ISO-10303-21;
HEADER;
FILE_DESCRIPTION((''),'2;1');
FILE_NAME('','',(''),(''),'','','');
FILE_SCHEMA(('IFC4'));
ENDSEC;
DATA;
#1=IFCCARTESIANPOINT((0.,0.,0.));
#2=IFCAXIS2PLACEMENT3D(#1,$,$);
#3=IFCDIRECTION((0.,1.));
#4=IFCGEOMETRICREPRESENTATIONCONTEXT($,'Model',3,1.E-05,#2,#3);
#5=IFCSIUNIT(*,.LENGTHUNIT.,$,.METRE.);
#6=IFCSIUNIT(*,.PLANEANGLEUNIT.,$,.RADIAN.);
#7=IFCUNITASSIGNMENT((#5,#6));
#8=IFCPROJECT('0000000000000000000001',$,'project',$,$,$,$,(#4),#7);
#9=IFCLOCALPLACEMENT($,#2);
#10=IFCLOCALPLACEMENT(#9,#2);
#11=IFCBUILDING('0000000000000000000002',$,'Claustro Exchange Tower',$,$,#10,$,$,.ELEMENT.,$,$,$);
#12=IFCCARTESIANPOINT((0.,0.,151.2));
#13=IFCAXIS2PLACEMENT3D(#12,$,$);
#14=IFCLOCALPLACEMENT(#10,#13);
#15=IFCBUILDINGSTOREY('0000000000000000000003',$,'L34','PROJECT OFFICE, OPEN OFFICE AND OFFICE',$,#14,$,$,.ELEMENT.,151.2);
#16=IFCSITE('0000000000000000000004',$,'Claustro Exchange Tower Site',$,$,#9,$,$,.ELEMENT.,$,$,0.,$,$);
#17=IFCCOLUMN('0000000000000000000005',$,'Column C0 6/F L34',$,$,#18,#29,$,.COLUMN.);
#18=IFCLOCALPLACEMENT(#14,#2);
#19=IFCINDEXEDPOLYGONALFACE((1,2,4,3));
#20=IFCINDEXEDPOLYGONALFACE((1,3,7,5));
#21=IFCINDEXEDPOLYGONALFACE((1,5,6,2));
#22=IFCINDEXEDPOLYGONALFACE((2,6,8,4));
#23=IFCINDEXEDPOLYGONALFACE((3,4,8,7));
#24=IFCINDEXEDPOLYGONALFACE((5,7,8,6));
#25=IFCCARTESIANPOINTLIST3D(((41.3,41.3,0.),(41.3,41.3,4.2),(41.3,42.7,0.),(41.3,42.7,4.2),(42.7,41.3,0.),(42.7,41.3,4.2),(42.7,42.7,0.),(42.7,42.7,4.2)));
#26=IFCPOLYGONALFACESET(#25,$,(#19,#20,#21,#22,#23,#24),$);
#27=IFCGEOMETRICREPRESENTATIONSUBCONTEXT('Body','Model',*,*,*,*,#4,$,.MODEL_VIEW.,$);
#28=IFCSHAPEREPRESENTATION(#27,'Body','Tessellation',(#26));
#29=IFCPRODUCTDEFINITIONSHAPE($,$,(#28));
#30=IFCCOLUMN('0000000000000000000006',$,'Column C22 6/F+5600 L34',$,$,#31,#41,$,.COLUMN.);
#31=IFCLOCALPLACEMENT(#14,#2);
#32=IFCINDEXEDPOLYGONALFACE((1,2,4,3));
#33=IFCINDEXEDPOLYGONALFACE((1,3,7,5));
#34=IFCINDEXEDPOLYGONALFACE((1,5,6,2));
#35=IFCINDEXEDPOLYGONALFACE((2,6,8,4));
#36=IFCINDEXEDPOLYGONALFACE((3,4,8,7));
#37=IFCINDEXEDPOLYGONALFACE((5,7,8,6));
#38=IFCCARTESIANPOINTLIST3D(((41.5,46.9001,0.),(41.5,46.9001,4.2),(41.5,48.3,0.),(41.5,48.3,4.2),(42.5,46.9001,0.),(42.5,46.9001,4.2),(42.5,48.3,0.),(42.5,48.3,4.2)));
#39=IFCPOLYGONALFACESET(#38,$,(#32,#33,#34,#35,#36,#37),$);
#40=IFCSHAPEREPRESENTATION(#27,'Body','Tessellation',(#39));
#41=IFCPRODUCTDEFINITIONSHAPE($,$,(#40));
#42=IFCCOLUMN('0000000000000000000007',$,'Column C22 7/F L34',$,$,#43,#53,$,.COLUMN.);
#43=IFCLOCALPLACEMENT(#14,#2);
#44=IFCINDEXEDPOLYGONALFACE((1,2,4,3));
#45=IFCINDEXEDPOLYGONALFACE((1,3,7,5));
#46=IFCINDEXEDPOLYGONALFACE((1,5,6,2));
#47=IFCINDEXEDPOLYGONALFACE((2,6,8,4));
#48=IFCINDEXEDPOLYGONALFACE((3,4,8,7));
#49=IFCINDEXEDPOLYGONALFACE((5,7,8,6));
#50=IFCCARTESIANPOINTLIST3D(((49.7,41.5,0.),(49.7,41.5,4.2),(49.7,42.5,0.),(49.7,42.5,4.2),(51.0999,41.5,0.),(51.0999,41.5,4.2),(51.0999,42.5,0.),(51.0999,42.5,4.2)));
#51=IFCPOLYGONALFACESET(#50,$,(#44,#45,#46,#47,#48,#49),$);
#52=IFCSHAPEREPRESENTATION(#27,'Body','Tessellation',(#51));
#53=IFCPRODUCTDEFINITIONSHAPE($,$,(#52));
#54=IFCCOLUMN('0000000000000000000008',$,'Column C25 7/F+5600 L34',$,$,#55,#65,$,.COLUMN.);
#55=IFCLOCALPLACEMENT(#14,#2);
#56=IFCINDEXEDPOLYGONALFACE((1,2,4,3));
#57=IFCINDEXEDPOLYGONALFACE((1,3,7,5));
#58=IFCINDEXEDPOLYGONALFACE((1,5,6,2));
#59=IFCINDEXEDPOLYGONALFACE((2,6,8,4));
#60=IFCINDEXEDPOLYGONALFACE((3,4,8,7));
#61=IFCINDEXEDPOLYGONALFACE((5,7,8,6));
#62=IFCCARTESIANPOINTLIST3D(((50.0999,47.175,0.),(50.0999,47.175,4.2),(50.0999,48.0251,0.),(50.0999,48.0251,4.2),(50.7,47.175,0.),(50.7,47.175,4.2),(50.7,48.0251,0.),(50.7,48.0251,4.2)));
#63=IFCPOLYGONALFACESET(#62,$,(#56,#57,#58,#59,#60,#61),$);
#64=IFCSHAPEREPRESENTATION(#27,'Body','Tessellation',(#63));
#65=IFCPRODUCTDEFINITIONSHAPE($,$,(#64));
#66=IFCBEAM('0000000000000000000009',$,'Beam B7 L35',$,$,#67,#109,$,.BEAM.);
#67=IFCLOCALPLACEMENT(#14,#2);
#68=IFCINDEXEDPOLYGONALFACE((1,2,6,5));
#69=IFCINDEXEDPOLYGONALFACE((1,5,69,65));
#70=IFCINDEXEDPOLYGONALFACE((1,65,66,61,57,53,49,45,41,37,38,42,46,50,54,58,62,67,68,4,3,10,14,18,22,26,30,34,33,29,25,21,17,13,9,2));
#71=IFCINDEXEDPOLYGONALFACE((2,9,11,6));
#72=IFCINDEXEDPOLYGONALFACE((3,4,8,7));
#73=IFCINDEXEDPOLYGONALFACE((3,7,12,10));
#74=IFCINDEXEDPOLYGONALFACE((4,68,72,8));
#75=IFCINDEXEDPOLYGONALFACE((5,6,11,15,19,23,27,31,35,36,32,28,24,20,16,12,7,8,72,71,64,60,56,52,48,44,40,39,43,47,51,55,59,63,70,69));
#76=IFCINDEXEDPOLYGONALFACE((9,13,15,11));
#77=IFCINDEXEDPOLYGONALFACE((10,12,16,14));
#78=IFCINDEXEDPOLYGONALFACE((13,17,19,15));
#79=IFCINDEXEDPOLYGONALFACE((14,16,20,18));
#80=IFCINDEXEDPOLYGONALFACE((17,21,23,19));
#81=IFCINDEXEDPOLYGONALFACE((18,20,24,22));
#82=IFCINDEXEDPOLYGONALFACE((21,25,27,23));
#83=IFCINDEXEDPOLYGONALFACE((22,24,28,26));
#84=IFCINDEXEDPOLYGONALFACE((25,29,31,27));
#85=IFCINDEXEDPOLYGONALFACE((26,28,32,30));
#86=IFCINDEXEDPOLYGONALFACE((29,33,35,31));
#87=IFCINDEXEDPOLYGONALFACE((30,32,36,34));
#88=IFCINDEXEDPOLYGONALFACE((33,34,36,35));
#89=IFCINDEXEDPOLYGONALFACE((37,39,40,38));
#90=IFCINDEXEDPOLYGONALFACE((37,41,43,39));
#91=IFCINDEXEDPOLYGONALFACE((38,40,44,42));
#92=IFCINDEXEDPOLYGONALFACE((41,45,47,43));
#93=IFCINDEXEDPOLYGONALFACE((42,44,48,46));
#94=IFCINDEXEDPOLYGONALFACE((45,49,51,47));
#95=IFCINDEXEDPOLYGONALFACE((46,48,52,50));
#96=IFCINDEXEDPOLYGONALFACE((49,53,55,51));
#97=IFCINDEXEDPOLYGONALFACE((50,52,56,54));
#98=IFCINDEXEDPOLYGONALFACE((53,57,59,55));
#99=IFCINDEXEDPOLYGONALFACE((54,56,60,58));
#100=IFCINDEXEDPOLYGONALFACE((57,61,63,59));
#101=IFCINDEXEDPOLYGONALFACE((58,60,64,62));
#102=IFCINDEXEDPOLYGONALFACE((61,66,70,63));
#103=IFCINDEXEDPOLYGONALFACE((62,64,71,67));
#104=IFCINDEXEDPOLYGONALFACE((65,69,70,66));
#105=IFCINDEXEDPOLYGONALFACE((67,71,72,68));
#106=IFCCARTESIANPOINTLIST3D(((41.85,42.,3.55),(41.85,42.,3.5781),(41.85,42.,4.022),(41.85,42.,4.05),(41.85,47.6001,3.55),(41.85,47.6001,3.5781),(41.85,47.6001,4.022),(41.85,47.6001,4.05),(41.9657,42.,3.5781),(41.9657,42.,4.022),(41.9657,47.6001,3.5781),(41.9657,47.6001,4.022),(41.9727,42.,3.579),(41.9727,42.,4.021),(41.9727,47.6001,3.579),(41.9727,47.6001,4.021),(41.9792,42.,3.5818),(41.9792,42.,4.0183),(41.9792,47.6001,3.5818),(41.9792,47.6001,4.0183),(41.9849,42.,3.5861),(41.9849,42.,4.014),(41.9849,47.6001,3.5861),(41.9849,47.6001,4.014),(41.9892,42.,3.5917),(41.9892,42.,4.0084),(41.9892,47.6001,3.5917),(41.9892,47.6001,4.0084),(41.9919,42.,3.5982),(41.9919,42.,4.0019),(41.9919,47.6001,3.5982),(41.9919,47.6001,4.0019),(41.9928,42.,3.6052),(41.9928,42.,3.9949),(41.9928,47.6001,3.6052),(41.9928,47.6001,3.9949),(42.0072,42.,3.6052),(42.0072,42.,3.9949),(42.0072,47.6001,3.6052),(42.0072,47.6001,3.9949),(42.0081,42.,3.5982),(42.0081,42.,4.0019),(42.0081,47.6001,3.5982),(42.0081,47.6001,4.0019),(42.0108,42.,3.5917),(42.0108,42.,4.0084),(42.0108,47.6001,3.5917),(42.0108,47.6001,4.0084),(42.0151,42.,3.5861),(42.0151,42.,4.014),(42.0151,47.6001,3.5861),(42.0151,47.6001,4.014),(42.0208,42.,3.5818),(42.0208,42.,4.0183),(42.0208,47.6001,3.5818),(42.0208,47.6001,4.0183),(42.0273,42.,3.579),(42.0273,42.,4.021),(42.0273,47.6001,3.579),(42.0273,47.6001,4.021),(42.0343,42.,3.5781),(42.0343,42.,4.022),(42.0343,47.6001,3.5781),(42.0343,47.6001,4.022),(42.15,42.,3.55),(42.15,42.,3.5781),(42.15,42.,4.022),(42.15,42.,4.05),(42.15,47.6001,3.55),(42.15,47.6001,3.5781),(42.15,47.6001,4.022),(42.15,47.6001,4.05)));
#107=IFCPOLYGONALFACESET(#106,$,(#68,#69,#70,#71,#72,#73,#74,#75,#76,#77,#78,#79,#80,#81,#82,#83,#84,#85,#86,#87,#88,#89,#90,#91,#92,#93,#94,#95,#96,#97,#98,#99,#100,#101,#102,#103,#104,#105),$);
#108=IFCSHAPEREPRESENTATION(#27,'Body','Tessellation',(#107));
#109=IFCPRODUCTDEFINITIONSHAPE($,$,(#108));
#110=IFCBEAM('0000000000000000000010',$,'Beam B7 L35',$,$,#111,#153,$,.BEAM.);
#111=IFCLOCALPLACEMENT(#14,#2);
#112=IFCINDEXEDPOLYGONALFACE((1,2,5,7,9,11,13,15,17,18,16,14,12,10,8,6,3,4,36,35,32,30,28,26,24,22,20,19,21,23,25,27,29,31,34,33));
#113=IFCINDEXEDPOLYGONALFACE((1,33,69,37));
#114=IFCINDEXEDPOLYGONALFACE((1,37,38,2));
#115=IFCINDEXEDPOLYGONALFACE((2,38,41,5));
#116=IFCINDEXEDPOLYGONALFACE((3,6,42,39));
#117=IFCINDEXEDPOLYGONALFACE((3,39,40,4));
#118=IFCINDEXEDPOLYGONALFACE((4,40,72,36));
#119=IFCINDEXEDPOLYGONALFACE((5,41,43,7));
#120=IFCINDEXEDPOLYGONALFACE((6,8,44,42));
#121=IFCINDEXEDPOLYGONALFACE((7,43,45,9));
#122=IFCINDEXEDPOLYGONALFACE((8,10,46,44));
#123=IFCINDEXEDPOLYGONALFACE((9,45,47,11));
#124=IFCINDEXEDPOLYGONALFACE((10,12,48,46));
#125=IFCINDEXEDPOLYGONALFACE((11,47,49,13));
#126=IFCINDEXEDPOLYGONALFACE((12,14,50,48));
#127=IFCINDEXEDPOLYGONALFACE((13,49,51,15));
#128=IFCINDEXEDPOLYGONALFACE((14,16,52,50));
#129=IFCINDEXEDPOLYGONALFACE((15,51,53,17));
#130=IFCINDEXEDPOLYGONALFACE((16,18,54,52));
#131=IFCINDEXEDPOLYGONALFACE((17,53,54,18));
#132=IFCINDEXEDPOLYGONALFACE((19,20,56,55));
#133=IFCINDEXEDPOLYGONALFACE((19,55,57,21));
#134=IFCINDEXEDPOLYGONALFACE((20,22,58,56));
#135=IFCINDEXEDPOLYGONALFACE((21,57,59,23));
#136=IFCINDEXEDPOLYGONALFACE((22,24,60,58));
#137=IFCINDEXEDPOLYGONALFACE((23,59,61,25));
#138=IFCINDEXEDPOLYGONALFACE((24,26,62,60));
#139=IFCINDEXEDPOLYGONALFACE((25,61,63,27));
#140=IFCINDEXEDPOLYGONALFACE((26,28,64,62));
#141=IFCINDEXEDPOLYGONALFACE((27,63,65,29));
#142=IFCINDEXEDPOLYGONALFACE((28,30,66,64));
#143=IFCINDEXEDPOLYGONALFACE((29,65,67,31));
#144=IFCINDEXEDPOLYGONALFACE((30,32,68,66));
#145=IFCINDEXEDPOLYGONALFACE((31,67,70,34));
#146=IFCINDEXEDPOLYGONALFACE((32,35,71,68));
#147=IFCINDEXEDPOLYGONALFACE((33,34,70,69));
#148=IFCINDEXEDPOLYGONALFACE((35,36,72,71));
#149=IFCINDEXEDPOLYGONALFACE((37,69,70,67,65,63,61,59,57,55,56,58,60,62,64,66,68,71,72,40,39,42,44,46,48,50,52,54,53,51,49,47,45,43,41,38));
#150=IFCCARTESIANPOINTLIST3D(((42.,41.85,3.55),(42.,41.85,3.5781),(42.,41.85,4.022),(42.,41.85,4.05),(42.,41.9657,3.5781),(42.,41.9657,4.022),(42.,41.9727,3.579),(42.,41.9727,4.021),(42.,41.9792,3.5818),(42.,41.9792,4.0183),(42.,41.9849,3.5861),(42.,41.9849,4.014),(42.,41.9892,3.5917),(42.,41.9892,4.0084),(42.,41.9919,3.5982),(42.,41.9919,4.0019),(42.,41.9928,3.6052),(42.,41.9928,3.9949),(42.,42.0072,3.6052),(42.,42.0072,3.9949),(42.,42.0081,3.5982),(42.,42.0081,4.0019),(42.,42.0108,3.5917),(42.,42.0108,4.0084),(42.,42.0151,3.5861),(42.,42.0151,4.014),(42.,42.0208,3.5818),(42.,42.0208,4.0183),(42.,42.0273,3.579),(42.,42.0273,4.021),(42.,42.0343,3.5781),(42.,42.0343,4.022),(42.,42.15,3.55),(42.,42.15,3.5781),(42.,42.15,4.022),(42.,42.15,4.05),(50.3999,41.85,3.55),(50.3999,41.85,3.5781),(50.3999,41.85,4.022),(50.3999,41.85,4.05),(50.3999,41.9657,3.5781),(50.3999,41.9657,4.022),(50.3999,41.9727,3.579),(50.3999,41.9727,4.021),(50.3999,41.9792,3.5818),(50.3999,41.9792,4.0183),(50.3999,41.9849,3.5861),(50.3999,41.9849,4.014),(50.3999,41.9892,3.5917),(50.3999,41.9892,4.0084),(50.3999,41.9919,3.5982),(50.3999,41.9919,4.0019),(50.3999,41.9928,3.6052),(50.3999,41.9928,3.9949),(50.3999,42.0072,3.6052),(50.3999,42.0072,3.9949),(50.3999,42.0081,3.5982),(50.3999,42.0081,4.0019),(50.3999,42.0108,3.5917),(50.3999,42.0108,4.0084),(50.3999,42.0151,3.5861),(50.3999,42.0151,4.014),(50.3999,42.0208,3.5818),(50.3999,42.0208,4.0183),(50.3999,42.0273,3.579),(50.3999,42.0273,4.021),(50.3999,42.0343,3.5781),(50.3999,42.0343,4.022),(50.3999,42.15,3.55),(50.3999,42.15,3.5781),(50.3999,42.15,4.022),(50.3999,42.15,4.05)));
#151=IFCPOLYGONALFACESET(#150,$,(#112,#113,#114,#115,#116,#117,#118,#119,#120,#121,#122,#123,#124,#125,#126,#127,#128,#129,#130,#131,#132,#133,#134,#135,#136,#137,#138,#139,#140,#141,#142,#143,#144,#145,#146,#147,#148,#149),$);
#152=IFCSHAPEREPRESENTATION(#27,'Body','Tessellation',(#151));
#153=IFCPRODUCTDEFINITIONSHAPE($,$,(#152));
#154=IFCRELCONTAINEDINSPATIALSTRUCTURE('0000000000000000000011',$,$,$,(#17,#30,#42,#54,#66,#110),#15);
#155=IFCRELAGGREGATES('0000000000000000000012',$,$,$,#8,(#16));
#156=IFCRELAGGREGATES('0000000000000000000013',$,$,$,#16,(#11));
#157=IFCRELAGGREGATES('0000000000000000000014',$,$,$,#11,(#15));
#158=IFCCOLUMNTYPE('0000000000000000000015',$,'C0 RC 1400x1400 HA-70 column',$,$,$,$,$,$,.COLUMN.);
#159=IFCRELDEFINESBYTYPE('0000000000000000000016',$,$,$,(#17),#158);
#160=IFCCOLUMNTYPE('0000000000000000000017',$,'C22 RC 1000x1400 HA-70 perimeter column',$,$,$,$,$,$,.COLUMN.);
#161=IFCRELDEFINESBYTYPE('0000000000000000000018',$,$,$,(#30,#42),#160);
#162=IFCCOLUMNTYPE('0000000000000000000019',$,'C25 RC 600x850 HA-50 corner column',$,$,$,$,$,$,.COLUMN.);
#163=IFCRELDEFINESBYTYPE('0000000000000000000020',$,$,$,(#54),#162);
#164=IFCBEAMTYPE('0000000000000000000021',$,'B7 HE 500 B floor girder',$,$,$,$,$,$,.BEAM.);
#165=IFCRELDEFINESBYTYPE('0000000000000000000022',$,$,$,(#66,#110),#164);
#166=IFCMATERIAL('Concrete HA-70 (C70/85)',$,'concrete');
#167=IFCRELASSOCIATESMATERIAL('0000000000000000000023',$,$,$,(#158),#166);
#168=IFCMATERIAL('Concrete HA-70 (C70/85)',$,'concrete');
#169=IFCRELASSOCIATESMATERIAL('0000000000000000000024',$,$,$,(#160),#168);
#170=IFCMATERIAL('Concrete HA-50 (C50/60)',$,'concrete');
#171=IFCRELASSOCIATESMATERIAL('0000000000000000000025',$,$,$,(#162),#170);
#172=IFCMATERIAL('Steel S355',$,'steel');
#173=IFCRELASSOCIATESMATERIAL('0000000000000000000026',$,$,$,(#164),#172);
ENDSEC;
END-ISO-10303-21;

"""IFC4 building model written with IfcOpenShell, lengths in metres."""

from ifc_helpers import new_model, si_unit, direction, frame, origin, origin_2d, place, context, subcontext, project, spatial, rectangle, i_section, extrude, material, material_profile, profile_set, type_object, element, save


model = new_model("IFC4")

# Units and contexts
model_context = context("Model", 3, precision=1e-05, world=origin(), true_north=direction((0.0, 1.0)))
body_context = subcontext(model_context, "Body", "Model", "MODEL_VIEW")
ifc_project = project(units=[si_unit("LENGTHUNIT", "METRE"), si_unit("PLANEANGLEUNIT", "RADIAN")], contexts=[model_context])

# Site, building, storey
site_placement = place(None, origin())
site = spatial("IfcSite", under=ifc_project, at=site_placement, Name="Claustro Exchange Tower Site", CompositionType="ELEMENT", RefElevation=0.0)
building_placement = place(site_placement, origin())
building = spatial("IfcBuilding", under=site, at=building_placement, Name="Claustro Exchange Tower", CompositionType="ELEMENT")
storey_placement = place(building_placement, frame((0.0, 0.0, 151.2)))
storey = spatial("IfcBuildingStorey", under=building, at=storey_placement, Name="L34", Description="PROJECT OFFICE, OPEN OFFICE AND OFFICE", CompositionType="ELEMENT", Elevation=151.2)

# Columns
ifc_material_1 = material(Name="Concrete HA-70 (C70/85)", Category="concrete")
ifc_material_profile_1 = material_profile(ifc_material_1, rectangle(XDim=1.3999, YDim=1.3999, at=origin_2d()), Name="RC 1400x1400")
ifc_profile_set_1 = profile_set([ifc_material_profile_1], Name="Concrete HA-70 (C70/85)")
column_type_1 = type_object("IfcColumnType", Name="C0 RC 1400x1400 HA-70 column", PredefinedType="COLUMN", material=ifc_profile_set_1)
column_1_placement = place(storey_placement, frame((42.0, 42.0, 0.0), z_axis=(0.0, 0.0, 1.0), x_axis=(1.0, 0.0, 0.0)))
element("IfcColumn", 1, at=column_1_placement, inside=storey, type_object=column_type_1, Name="Column C0 6/F L34", PredefinedType="COLUMN", context=body_context, shape_type="SweptSolid", body=[
    extrude(rectangle(XDim=1.3999, YDim=1.3999, at=origin_2d()), origin(), (0.0, 0.0, 1.0), 4.2),
])
ifc_material_2 = material(Name="Concrete HA-70 (C70/85)", Category="concrete")
ifc_material_profile_2 = material_profile(ifc_material_2, rectangle(XDim=1.0, YDim=1.3999, at=origin_2d()), Name="RC 1000x1400")
ifc_profile_set_2 = profile_set([ifc_material_profile_2], Name="Concrete HA-70 (C70/85)")
column_type_2 = type_object("IfcColumnType", Name="C22 RC 1000x1400 HA-70 perimeter column", PredefinedType="COLUMN", material=ifc_profile_set_2)
for number, where, z_axis, x_axis, name in (
    (2, (42.0, 47.6001, 0.0), (0.0, 0.0, 1.0), (1.0, 0.0, 0.0), "Column C22 6/F+5600 L34"),
    (3, (50.3999, 42.0, 0.0), (0.0, 0.0, 1.0), (0.0, 1.0, 0.0), "Column C22 7/F L34"),
):
    element("IfcColumn", number, at=place(storey_placement, frame(where, z_axis=z_axis, x_axis=x_axis)), inside=storey, type_object=column_type_2, Name=name, PredefinedType="COLUMN", context=body_context, shape_type="SweptSolid", body=[
        extrude(rectangle(XDim=1.0, YDim=1.3999, at=origin_2d()), origin(), (0.0, 0.0, 1.0), 4.2),
    ])
ifc_material_3 = material(Name="Concrete HA-50 (C50/60)", Category="concrete")
ifc_material_profile_3 = material_profile(ifc_material_3, rectangle(XDim=0.6001, YDim=0.8501, at=origin_2d()), Name="RC 600x850")
ifc_profile_set_3 = profile_set([ifc_material_profile_3], Name="Concrete HA-50 (C50/60)")
column_type_3 = type_object("IfcColumnType", Name="C25 RC 600x850 HA-50 corner column", PredefinedType="COLUMN", material=ifc_profile_set_3)
column_2_placement = place(storey_placement, frame((50.3999, 47.6001, 0.0), z_axis=(0.0, 0.0, 1.0), x_axis=(1.0, 0.0, 0.0)))
element("IfcColumn", 4, at=column_2_placement, inside=storey, type_object=column_type_3, Name="Column C25 7/F+5600 L34", PredefinedType="COLUMN", context=body_context, shape_type="SweptSolid", body=[
    extrude(rectangle(XDim=0.6001, YDim=0.8501, at=origin_2d()), origin(), (0.0, 0.0, 1.0), 4.2),
])

# Beams
ifc_material_4 = material(Name="Steel S355", Category="steel")
ifc_material_profile_4 = material_profile(ifc_material_4, i_section(OverallWidth=0.3, OverallDepth=0.5, WebThickness=0.0144, FlangeThickness=0.0281, FilletRadius=0.0271, at=origin_2d()), Name="HE 500 B")
ifc_profile_set_4 = profile_set([ifc_material_profile_4], Name="Steel S355")
beam_type_1 = type_object("IfcBeamType", Name="B7 HE 500 B floor girder", PredefinedType="BEAM", material=ifc_profile_set_4)
beam_1_placement = place(storey_placement, frame((42.0, 42.0, 3.8), z_axis=(0.0, 1.0, 0.0), x_axis=(-1.0, 0.0, 0.0)))
element("IfcBeam", 5, at=beam_1_placement, inside=storey, type_object=beam_type_1, Name="Beam B7 L35", PredefinedType="BEAM", context=body_context, shape_type="SweptSolid", body=[
    extrude(i_section(OverallWidth=0.3, OverallDepth=0.5, WebThickness=0.0144, FlangeThickness=0.0281, FilletRadius=0.0271, at=origin_2d()), origin(), (0.0, 0.0, 1.0), 5.6001),
])
beam_2_placement = place(storey_placement, frame((42.0, 42.0, 3.8), z_axis=(1.0, 0.0, 0.0), x_axis=(0.0, 1.0, 0.0)))
element("IfcBeam", 6, at=beam_2_placement, inside=storey, type_object=beam_type_1, Name="Beam B7 L35", PredefinedType="BEAM", context=body_context, shape_type="SweptSolid", body=[
    extrude(i_section(OverallWidth=0.3, OverallDepth=0.5, WebThickness=0.0144, FlangeThickness=0.0281, FilletRadius=0.0271, at=origin_2d()), origin(), (0.0, 0.0, 1.0), 8.3999),
])

save(model, "model.ifc")
